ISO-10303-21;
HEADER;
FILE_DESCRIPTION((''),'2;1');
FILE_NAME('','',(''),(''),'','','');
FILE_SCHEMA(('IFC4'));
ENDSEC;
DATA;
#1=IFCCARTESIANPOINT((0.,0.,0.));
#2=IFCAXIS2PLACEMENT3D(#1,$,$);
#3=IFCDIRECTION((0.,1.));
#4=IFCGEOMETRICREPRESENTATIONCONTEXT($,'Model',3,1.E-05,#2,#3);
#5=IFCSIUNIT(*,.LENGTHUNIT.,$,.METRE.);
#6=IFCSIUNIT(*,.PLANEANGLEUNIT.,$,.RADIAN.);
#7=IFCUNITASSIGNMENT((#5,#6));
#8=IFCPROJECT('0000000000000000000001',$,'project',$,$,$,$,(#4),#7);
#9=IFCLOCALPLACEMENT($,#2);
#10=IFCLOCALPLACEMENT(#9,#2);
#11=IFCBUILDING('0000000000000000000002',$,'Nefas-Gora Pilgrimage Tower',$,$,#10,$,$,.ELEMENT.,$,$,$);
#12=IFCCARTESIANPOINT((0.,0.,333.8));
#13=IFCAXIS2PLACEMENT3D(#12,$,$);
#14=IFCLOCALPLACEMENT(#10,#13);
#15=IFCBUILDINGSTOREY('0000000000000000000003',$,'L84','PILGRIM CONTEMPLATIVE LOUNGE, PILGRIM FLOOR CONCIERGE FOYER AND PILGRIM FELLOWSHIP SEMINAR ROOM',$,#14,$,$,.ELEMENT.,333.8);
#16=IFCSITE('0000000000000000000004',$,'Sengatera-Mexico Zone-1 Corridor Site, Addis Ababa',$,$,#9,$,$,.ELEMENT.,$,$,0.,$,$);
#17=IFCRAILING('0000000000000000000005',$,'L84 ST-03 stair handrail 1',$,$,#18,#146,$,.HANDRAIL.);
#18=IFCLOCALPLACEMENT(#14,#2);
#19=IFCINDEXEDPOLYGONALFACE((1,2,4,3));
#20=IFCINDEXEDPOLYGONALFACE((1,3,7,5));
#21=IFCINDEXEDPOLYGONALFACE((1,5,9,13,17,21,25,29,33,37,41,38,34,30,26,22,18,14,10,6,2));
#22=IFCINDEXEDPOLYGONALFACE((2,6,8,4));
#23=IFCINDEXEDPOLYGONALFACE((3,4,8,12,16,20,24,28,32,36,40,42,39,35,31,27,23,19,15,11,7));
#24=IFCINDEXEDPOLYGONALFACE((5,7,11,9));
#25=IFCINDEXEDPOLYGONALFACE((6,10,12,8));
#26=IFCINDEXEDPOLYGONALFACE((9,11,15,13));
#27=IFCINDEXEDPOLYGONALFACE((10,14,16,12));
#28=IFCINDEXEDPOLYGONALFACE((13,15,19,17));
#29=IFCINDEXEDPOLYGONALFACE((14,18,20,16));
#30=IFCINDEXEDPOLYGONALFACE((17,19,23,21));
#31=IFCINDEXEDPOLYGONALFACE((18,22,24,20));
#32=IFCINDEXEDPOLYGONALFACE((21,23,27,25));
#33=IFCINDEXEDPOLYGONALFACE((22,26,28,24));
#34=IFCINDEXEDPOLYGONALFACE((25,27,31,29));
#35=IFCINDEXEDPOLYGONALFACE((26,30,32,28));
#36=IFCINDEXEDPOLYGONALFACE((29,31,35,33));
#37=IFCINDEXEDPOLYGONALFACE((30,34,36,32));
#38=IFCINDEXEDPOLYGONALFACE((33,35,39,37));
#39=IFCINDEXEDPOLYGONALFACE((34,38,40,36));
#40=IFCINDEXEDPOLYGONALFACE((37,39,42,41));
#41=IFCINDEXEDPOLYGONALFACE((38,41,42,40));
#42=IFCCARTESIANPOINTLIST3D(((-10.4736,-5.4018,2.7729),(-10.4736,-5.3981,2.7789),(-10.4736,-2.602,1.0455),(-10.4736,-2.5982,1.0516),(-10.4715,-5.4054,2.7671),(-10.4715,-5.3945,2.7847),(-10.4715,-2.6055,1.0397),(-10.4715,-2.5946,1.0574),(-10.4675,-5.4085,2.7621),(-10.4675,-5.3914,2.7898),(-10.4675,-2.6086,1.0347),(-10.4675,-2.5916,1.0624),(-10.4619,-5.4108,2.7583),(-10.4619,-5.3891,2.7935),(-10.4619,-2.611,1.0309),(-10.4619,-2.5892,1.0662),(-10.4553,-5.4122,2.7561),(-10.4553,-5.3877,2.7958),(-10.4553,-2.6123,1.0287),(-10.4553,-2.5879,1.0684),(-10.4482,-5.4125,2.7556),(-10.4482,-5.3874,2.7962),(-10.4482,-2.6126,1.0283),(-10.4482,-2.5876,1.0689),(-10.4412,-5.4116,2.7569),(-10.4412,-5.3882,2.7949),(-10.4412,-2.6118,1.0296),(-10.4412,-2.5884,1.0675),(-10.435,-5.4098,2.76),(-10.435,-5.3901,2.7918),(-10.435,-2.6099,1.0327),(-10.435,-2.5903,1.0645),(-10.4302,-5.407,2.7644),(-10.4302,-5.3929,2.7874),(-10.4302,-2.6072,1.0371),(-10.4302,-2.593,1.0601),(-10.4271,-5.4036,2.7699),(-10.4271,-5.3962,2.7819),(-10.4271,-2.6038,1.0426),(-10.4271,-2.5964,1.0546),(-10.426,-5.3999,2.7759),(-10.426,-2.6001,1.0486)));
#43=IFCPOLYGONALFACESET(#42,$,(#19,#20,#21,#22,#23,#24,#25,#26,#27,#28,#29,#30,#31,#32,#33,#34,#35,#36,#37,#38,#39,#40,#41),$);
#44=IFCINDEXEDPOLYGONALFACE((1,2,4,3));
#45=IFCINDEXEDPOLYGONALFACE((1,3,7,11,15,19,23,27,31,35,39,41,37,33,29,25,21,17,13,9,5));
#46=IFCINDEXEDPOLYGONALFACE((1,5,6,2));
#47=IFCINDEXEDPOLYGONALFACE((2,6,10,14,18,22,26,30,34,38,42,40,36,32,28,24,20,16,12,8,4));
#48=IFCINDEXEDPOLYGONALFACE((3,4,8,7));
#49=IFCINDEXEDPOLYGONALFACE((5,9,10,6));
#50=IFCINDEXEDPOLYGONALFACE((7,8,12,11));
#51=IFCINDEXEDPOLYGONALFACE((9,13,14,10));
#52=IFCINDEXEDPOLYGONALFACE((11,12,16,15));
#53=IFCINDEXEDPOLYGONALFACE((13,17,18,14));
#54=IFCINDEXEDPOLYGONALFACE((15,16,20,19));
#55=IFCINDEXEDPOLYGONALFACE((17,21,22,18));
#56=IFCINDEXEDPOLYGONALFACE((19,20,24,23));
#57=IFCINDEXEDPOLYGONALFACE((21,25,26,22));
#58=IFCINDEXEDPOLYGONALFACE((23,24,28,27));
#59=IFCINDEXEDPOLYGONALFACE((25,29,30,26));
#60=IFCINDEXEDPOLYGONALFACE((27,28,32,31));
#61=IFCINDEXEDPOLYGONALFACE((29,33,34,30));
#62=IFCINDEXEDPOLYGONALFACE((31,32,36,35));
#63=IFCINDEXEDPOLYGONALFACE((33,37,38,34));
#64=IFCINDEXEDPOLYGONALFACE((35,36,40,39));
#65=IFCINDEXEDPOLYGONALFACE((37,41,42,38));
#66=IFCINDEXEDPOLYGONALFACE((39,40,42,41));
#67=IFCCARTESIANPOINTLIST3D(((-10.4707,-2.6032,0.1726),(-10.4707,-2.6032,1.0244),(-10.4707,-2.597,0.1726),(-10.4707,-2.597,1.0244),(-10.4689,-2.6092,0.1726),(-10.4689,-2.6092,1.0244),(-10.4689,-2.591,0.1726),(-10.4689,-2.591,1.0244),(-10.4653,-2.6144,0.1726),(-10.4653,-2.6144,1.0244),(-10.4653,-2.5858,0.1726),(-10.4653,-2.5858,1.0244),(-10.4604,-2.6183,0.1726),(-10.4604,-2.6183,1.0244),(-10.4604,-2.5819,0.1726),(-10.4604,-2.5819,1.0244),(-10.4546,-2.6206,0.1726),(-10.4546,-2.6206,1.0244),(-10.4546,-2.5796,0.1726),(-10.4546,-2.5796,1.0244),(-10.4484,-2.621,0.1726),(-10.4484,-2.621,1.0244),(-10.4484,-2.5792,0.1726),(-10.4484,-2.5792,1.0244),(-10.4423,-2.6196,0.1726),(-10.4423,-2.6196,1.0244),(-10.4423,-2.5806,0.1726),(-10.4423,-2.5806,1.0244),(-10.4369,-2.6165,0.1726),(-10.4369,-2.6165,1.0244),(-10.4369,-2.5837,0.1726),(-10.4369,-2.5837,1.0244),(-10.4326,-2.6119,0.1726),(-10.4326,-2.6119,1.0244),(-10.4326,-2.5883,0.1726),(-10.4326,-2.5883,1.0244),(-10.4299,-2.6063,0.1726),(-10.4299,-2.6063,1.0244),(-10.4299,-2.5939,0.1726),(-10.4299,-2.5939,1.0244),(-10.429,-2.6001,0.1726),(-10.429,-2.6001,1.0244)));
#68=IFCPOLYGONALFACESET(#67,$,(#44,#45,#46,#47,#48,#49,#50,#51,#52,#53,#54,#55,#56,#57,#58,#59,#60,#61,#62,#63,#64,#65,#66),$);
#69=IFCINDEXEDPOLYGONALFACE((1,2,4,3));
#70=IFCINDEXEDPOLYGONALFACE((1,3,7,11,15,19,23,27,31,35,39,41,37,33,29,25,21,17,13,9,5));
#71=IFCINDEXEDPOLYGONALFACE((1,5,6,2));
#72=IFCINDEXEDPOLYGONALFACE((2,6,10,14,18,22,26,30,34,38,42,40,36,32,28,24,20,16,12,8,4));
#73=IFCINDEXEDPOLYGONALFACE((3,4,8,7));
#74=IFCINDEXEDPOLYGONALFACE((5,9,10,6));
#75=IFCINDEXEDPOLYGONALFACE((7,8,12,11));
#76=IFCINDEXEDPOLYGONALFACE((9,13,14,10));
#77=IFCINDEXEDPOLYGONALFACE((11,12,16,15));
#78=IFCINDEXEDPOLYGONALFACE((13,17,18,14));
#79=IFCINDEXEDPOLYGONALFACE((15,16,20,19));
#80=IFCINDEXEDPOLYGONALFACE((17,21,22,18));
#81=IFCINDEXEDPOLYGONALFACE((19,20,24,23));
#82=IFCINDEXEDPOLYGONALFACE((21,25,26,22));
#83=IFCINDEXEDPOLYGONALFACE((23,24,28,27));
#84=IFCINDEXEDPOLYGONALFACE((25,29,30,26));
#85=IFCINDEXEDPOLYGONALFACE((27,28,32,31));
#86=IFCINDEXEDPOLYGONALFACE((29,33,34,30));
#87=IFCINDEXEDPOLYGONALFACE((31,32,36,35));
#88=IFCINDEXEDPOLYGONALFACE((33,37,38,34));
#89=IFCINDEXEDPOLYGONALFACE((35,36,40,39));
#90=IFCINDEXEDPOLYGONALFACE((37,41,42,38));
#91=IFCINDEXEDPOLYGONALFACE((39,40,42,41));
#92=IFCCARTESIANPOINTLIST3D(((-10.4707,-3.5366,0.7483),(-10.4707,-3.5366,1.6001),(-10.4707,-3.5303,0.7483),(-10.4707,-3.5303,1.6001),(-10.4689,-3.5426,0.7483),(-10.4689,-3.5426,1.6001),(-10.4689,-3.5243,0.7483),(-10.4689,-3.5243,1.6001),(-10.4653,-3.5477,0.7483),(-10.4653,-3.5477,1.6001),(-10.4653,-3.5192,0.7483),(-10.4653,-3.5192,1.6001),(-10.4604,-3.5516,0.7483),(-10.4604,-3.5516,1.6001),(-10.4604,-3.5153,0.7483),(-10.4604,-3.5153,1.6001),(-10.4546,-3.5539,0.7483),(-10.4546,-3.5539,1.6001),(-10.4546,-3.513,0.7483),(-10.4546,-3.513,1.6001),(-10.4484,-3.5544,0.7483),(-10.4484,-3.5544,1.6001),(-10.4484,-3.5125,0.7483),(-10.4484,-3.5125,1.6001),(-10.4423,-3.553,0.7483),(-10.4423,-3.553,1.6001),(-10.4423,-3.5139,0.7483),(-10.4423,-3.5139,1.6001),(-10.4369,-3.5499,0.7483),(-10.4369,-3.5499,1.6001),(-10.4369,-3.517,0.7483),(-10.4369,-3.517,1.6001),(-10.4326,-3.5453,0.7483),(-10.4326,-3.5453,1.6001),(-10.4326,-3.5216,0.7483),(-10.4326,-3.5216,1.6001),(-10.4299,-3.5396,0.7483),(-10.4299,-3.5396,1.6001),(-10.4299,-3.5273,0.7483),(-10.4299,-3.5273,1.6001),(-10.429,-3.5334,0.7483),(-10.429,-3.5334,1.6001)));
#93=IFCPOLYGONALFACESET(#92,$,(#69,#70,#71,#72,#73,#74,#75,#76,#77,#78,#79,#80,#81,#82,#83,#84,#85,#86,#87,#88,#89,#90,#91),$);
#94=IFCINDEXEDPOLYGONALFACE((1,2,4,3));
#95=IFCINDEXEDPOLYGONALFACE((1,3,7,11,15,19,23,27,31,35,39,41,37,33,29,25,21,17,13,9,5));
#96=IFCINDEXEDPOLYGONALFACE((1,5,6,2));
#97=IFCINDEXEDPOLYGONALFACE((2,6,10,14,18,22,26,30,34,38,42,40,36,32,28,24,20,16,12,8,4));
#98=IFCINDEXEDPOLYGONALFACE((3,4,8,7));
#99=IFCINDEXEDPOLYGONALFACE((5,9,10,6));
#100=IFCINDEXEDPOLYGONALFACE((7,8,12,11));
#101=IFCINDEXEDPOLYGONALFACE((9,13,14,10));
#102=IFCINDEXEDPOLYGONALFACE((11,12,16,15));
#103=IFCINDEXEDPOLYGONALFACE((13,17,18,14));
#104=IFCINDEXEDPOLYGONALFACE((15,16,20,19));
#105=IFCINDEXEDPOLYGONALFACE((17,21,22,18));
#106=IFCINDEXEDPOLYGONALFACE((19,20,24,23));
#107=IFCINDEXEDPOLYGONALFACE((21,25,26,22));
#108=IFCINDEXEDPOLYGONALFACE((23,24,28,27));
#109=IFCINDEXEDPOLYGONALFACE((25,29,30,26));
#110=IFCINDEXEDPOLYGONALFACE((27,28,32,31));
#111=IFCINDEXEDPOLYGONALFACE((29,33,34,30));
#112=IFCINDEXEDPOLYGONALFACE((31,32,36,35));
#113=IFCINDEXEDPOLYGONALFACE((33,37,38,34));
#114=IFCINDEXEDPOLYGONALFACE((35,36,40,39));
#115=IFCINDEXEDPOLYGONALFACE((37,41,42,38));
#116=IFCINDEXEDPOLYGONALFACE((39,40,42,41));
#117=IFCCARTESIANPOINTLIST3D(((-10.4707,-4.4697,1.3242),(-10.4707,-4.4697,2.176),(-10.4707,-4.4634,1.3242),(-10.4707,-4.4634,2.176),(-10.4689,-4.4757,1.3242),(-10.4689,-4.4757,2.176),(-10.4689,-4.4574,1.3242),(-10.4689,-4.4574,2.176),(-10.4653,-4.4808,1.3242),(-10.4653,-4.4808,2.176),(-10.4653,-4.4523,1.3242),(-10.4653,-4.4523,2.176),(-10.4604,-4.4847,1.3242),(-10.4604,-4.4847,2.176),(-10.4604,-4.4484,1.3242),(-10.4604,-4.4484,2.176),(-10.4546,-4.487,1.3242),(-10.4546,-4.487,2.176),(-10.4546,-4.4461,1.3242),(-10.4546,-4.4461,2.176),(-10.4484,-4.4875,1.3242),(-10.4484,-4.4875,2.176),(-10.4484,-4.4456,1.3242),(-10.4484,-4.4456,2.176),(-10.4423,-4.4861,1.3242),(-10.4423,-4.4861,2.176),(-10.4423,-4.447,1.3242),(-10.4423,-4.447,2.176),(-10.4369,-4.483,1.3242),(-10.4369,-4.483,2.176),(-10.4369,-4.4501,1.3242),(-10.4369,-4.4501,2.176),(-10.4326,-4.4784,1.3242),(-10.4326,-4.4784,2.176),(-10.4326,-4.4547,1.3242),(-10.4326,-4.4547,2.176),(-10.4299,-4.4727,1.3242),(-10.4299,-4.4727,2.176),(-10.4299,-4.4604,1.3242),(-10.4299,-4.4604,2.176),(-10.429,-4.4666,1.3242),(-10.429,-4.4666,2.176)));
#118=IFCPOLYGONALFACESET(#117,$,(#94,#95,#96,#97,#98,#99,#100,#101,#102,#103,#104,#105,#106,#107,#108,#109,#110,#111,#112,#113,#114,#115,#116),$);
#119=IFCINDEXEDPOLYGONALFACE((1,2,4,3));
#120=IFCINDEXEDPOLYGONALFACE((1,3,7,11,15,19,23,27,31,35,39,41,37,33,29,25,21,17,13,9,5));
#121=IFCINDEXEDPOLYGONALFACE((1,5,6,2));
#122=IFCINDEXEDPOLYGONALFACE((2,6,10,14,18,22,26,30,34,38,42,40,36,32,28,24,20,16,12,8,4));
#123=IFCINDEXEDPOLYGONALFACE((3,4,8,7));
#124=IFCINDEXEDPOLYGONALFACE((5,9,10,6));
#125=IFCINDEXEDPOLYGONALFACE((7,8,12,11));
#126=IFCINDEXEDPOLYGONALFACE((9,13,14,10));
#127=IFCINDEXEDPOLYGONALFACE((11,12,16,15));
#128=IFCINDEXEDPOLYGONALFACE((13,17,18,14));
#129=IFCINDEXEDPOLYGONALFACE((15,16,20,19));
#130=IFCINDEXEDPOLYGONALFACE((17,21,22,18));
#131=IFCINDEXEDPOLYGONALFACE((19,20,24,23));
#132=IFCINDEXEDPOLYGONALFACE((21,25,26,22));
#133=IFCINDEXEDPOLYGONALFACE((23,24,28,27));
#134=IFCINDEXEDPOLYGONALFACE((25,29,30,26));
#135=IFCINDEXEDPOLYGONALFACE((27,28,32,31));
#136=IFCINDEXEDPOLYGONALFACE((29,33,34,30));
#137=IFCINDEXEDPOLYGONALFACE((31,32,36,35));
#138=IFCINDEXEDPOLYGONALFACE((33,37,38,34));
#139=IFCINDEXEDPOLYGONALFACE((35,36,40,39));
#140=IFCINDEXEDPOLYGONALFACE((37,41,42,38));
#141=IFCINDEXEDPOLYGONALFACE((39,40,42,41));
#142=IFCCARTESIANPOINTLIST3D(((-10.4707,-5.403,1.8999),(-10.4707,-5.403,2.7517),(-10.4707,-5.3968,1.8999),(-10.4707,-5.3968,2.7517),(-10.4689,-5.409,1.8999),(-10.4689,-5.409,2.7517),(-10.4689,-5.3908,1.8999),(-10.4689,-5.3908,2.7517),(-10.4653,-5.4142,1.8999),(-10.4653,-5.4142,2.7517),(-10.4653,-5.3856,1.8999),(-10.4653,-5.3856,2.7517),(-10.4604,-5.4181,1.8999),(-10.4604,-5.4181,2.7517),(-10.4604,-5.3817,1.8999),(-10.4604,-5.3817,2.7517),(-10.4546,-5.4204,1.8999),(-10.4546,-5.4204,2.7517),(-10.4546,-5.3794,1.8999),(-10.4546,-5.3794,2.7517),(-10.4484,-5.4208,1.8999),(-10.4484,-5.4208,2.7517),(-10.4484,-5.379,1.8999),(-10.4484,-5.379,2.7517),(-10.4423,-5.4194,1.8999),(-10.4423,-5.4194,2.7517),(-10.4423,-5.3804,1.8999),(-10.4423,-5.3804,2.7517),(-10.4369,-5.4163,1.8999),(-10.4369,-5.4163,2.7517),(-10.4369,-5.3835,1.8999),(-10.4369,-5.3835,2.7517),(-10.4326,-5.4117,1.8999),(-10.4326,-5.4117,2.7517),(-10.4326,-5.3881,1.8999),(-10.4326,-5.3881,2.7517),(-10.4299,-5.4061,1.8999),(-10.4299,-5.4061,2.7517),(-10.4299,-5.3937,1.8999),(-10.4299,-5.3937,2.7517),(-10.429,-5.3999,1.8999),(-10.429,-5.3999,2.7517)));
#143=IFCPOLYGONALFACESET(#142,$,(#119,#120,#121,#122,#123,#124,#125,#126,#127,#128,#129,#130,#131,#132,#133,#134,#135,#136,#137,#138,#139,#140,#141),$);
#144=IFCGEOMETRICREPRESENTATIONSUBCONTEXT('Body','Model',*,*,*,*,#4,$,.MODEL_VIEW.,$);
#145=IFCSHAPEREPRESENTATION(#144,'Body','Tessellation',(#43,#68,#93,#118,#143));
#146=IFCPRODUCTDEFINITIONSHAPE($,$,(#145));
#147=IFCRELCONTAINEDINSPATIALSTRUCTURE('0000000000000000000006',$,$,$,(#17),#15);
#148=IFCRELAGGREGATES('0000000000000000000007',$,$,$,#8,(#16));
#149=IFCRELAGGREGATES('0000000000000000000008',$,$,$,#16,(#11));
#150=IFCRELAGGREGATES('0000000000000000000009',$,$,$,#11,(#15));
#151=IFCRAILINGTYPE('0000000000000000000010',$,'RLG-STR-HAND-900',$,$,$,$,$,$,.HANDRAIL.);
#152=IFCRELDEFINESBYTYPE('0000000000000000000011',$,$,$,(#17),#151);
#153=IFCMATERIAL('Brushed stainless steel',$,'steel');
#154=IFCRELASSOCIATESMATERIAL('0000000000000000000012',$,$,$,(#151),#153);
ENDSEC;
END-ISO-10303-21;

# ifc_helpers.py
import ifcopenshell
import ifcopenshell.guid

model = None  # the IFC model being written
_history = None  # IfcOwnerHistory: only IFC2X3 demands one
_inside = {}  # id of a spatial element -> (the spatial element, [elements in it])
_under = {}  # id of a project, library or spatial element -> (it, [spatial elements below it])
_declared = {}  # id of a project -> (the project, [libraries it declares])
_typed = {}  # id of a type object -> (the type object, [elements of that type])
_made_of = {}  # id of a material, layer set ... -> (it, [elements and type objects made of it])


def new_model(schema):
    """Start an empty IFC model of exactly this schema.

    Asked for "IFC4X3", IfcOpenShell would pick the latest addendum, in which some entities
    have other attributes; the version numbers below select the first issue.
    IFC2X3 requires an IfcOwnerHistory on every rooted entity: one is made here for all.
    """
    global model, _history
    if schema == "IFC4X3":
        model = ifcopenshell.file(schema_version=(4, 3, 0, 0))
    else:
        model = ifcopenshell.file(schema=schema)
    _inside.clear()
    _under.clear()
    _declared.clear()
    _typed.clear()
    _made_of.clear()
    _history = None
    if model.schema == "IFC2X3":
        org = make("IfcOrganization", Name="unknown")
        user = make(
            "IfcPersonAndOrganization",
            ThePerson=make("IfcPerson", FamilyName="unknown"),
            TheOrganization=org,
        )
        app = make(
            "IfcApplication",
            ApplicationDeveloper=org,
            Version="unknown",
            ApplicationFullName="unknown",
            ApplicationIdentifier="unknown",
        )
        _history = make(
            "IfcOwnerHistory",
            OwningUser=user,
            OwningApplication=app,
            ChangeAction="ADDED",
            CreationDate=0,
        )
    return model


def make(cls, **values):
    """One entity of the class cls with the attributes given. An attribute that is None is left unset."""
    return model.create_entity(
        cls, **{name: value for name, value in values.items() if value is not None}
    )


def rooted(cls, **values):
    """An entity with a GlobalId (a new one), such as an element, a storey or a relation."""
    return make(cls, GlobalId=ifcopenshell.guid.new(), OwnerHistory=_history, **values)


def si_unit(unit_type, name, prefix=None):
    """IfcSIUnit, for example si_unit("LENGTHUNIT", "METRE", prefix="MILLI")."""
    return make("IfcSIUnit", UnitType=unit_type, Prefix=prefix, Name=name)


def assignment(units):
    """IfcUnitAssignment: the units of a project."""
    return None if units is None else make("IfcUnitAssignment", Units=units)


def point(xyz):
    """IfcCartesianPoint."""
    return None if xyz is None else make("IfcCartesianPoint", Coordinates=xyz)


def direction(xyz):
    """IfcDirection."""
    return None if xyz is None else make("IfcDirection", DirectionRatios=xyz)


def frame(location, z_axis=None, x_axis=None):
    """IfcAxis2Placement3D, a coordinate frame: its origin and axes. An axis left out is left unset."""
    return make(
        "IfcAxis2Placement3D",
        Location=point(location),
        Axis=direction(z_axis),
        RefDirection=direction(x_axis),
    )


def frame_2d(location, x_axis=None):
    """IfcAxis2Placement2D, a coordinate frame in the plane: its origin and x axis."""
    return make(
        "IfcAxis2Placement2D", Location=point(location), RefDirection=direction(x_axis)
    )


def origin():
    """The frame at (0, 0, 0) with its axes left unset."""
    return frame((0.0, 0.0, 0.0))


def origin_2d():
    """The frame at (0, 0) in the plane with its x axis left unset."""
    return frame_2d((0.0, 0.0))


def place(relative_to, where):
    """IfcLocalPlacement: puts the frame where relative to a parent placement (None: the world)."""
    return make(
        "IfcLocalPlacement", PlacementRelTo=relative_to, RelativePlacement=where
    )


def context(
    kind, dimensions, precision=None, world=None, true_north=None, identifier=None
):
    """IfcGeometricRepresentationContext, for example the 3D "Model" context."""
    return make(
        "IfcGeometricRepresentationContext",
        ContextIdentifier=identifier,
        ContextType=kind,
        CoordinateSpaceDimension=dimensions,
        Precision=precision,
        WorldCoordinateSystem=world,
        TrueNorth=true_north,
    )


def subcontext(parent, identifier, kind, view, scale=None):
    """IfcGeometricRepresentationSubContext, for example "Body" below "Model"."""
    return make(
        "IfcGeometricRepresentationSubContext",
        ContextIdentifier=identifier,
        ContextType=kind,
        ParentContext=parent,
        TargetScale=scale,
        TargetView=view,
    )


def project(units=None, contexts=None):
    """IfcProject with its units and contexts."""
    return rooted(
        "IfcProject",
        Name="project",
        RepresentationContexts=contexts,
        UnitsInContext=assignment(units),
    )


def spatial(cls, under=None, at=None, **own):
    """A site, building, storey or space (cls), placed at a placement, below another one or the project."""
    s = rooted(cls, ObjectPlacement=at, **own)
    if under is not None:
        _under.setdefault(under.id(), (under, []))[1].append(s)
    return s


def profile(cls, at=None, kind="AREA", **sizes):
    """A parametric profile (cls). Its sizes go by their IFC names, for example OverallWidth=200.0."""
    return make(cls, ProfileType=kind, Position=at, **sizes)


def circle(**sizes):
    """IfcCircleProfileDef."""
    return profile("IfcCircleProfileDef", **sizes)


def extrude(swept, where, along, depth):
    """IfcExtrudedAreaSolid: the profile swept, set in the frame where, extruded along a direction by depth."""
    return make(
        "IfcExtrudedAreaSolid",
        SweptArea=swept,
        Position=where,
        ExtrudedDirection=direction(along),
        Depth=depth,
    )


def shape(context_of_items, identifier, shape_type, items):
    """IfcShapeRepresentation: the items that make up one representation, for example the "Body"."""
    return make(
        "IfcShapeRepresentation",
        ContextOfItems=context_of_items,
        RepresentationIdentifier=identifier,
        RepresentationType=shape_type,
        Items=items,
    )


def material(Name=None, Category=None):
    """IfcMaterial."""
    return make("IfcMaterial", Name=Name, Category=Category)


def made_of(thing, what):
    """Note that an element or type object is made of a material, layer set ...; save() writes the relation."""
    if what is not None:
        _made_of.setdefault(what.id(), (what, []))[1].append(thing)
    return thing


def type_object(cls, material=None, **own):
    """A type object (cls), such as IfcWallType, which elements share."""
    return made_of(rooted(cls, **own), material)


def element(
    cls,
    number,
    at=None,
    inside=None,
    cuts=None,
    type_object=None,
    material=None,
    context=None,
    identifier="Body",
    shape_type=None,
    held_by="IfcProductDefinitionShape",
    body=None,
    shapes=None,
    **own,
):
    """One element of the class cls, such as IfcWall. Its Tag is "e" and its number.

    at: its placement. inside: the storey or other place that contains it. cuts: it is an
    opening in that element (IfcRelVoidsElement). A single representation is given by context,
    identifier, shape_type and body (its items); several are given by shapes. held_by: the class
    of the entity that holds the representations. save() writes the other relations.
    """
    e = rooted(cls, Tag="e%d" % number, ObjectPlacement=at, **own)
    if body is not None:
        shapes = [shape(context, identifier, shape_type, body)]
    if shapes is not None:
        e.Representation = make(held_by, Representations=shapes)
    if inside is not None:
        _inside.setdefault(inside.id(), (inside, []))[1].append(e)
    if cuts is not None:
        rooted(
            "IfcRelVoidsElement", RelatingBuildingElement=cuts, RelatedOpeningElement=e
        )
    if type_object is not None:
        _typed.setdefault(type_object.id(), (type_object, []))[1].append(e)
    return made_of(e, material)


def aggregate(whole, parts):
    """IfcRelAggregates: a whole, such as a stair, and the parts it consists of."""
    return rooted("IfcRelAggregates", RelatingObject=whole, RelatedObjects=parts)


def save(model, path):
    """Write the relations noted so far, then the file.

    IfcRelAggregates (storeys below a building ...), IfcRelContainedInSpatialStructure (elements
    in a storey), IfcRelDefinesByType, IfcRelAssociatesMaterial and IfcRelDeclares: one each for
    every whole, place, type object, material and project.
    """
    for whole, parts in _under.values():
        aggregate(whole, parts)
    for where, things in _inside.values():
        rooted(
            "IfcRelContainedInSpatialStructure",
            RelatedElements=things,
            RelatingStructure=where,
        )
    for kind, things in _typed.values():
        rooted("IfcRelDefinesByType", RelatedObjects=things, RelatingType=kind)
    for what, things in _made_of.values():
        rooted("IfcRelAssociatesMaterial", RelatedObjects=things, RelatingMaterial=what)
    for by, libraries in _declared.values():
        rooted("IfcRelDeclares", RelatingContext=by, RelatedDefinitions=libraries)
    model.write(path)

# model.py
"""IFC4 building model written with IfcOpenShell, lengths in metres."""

from ifc_helpers import new_model, si_unit, direction, frame, origin, origin_2d, place, context, subcontext, project, spatial, circle, extrude, material, type_object, element, save


model = new_model("IFC4")

# Units and contexts
model_context = context("Model", 3, precision=1e-05, world=origin(), true_north=direction((0.0, 1.0)))
body_context = subcontext(model_context, "Body", "Model", "MODEL_VIEW")
ifc_project = project(units=[si_unit("LENGTHUNIT", "METRE"), si_unit("PLANEANGLEUNIT", "RADIAN")], contexts=[model_context])

# Site, building, storey
site_placement = place(None, origin())
site = spatial("IfcSite", under=ifc_project, at=site_placement, Name="Sengatera-Mexico Zone-1 Corridor Site, Addis Ababa", CompositionType="ELEMENT", RefElevation=0.0)
building_placement = place(site_placement, origin())
building = spatial("IfcBuilding", under=site, at=building_placement, Name="Nefas-Gora Pilgrimage Tower", CompositionType="ELEMENT")
storey_placement = place(building_placement, frame((0.0, 0.0, 333.8)))
storey = spatial("IfcBuildingStorey", under=building, at=storey_placement, Name="L84", Description="PILGRIM CONTEMPLATIVE LOUNGE, PILGRIM FLOOR CONCIERGE FOYER AND PILGRIM FELLOWSHIP SEMINAR ROOM", CompositionType="ELEMENT", Elevation=333.8)

# Railing
ifc_material_1 = material(Name="Brushed stainless steel", Category="steel")
railing_type_1 = type_object("IfcRailingType", Name="RLG-STR-HAND-900", PredefinedType="HANDRAIL", material=ifc_material_1)
railing_1_placement = place(storey_placement, frame((-10.45, -2.6001, 0.1726)))
element("IfcRailing", 1, at=railing_1_placement, inside=storey, type_object=railing_type_1, Name="L84 ST-03 stair handrail 1", PredefinedType="HANDRAIL", context=body_context, shape_type="SweptSolid", body=[
    extrude(circle(Radius=0.0239, at=origin_2d()), frame((0.0, 0.0, 0.876), z_axis=(0.0, -0.851069, 0.525054), x_axis=(1.0, 0.0, 0.0)), (0.0, 0.0, 1.0), 3.2898),
    extrude(circle(Radius=0.021, at=origin_2d()), origin(), (0.0, 0.0, 1.0), 0.8518),
    extrude(circle(Radius=0.021, at=origin_2d()), frame((0.0, -0.9333, 0.5757)), (0.0, 0.0, 1.0), 0.8518),
    extrude(circle(Radius=0.021, at=origin_2d()), frame((0.0, -1.8665, 1.1516)), (0.0, 0.0, 1.0), 0.8518),
    extrude(circle(Radius=0.021, at=origin_2d()), frame((0.0, -2.7998, 1.7273)), (0.0, 0.0, 1.0), 0.8518),
])

save(model, "model.ifc")
